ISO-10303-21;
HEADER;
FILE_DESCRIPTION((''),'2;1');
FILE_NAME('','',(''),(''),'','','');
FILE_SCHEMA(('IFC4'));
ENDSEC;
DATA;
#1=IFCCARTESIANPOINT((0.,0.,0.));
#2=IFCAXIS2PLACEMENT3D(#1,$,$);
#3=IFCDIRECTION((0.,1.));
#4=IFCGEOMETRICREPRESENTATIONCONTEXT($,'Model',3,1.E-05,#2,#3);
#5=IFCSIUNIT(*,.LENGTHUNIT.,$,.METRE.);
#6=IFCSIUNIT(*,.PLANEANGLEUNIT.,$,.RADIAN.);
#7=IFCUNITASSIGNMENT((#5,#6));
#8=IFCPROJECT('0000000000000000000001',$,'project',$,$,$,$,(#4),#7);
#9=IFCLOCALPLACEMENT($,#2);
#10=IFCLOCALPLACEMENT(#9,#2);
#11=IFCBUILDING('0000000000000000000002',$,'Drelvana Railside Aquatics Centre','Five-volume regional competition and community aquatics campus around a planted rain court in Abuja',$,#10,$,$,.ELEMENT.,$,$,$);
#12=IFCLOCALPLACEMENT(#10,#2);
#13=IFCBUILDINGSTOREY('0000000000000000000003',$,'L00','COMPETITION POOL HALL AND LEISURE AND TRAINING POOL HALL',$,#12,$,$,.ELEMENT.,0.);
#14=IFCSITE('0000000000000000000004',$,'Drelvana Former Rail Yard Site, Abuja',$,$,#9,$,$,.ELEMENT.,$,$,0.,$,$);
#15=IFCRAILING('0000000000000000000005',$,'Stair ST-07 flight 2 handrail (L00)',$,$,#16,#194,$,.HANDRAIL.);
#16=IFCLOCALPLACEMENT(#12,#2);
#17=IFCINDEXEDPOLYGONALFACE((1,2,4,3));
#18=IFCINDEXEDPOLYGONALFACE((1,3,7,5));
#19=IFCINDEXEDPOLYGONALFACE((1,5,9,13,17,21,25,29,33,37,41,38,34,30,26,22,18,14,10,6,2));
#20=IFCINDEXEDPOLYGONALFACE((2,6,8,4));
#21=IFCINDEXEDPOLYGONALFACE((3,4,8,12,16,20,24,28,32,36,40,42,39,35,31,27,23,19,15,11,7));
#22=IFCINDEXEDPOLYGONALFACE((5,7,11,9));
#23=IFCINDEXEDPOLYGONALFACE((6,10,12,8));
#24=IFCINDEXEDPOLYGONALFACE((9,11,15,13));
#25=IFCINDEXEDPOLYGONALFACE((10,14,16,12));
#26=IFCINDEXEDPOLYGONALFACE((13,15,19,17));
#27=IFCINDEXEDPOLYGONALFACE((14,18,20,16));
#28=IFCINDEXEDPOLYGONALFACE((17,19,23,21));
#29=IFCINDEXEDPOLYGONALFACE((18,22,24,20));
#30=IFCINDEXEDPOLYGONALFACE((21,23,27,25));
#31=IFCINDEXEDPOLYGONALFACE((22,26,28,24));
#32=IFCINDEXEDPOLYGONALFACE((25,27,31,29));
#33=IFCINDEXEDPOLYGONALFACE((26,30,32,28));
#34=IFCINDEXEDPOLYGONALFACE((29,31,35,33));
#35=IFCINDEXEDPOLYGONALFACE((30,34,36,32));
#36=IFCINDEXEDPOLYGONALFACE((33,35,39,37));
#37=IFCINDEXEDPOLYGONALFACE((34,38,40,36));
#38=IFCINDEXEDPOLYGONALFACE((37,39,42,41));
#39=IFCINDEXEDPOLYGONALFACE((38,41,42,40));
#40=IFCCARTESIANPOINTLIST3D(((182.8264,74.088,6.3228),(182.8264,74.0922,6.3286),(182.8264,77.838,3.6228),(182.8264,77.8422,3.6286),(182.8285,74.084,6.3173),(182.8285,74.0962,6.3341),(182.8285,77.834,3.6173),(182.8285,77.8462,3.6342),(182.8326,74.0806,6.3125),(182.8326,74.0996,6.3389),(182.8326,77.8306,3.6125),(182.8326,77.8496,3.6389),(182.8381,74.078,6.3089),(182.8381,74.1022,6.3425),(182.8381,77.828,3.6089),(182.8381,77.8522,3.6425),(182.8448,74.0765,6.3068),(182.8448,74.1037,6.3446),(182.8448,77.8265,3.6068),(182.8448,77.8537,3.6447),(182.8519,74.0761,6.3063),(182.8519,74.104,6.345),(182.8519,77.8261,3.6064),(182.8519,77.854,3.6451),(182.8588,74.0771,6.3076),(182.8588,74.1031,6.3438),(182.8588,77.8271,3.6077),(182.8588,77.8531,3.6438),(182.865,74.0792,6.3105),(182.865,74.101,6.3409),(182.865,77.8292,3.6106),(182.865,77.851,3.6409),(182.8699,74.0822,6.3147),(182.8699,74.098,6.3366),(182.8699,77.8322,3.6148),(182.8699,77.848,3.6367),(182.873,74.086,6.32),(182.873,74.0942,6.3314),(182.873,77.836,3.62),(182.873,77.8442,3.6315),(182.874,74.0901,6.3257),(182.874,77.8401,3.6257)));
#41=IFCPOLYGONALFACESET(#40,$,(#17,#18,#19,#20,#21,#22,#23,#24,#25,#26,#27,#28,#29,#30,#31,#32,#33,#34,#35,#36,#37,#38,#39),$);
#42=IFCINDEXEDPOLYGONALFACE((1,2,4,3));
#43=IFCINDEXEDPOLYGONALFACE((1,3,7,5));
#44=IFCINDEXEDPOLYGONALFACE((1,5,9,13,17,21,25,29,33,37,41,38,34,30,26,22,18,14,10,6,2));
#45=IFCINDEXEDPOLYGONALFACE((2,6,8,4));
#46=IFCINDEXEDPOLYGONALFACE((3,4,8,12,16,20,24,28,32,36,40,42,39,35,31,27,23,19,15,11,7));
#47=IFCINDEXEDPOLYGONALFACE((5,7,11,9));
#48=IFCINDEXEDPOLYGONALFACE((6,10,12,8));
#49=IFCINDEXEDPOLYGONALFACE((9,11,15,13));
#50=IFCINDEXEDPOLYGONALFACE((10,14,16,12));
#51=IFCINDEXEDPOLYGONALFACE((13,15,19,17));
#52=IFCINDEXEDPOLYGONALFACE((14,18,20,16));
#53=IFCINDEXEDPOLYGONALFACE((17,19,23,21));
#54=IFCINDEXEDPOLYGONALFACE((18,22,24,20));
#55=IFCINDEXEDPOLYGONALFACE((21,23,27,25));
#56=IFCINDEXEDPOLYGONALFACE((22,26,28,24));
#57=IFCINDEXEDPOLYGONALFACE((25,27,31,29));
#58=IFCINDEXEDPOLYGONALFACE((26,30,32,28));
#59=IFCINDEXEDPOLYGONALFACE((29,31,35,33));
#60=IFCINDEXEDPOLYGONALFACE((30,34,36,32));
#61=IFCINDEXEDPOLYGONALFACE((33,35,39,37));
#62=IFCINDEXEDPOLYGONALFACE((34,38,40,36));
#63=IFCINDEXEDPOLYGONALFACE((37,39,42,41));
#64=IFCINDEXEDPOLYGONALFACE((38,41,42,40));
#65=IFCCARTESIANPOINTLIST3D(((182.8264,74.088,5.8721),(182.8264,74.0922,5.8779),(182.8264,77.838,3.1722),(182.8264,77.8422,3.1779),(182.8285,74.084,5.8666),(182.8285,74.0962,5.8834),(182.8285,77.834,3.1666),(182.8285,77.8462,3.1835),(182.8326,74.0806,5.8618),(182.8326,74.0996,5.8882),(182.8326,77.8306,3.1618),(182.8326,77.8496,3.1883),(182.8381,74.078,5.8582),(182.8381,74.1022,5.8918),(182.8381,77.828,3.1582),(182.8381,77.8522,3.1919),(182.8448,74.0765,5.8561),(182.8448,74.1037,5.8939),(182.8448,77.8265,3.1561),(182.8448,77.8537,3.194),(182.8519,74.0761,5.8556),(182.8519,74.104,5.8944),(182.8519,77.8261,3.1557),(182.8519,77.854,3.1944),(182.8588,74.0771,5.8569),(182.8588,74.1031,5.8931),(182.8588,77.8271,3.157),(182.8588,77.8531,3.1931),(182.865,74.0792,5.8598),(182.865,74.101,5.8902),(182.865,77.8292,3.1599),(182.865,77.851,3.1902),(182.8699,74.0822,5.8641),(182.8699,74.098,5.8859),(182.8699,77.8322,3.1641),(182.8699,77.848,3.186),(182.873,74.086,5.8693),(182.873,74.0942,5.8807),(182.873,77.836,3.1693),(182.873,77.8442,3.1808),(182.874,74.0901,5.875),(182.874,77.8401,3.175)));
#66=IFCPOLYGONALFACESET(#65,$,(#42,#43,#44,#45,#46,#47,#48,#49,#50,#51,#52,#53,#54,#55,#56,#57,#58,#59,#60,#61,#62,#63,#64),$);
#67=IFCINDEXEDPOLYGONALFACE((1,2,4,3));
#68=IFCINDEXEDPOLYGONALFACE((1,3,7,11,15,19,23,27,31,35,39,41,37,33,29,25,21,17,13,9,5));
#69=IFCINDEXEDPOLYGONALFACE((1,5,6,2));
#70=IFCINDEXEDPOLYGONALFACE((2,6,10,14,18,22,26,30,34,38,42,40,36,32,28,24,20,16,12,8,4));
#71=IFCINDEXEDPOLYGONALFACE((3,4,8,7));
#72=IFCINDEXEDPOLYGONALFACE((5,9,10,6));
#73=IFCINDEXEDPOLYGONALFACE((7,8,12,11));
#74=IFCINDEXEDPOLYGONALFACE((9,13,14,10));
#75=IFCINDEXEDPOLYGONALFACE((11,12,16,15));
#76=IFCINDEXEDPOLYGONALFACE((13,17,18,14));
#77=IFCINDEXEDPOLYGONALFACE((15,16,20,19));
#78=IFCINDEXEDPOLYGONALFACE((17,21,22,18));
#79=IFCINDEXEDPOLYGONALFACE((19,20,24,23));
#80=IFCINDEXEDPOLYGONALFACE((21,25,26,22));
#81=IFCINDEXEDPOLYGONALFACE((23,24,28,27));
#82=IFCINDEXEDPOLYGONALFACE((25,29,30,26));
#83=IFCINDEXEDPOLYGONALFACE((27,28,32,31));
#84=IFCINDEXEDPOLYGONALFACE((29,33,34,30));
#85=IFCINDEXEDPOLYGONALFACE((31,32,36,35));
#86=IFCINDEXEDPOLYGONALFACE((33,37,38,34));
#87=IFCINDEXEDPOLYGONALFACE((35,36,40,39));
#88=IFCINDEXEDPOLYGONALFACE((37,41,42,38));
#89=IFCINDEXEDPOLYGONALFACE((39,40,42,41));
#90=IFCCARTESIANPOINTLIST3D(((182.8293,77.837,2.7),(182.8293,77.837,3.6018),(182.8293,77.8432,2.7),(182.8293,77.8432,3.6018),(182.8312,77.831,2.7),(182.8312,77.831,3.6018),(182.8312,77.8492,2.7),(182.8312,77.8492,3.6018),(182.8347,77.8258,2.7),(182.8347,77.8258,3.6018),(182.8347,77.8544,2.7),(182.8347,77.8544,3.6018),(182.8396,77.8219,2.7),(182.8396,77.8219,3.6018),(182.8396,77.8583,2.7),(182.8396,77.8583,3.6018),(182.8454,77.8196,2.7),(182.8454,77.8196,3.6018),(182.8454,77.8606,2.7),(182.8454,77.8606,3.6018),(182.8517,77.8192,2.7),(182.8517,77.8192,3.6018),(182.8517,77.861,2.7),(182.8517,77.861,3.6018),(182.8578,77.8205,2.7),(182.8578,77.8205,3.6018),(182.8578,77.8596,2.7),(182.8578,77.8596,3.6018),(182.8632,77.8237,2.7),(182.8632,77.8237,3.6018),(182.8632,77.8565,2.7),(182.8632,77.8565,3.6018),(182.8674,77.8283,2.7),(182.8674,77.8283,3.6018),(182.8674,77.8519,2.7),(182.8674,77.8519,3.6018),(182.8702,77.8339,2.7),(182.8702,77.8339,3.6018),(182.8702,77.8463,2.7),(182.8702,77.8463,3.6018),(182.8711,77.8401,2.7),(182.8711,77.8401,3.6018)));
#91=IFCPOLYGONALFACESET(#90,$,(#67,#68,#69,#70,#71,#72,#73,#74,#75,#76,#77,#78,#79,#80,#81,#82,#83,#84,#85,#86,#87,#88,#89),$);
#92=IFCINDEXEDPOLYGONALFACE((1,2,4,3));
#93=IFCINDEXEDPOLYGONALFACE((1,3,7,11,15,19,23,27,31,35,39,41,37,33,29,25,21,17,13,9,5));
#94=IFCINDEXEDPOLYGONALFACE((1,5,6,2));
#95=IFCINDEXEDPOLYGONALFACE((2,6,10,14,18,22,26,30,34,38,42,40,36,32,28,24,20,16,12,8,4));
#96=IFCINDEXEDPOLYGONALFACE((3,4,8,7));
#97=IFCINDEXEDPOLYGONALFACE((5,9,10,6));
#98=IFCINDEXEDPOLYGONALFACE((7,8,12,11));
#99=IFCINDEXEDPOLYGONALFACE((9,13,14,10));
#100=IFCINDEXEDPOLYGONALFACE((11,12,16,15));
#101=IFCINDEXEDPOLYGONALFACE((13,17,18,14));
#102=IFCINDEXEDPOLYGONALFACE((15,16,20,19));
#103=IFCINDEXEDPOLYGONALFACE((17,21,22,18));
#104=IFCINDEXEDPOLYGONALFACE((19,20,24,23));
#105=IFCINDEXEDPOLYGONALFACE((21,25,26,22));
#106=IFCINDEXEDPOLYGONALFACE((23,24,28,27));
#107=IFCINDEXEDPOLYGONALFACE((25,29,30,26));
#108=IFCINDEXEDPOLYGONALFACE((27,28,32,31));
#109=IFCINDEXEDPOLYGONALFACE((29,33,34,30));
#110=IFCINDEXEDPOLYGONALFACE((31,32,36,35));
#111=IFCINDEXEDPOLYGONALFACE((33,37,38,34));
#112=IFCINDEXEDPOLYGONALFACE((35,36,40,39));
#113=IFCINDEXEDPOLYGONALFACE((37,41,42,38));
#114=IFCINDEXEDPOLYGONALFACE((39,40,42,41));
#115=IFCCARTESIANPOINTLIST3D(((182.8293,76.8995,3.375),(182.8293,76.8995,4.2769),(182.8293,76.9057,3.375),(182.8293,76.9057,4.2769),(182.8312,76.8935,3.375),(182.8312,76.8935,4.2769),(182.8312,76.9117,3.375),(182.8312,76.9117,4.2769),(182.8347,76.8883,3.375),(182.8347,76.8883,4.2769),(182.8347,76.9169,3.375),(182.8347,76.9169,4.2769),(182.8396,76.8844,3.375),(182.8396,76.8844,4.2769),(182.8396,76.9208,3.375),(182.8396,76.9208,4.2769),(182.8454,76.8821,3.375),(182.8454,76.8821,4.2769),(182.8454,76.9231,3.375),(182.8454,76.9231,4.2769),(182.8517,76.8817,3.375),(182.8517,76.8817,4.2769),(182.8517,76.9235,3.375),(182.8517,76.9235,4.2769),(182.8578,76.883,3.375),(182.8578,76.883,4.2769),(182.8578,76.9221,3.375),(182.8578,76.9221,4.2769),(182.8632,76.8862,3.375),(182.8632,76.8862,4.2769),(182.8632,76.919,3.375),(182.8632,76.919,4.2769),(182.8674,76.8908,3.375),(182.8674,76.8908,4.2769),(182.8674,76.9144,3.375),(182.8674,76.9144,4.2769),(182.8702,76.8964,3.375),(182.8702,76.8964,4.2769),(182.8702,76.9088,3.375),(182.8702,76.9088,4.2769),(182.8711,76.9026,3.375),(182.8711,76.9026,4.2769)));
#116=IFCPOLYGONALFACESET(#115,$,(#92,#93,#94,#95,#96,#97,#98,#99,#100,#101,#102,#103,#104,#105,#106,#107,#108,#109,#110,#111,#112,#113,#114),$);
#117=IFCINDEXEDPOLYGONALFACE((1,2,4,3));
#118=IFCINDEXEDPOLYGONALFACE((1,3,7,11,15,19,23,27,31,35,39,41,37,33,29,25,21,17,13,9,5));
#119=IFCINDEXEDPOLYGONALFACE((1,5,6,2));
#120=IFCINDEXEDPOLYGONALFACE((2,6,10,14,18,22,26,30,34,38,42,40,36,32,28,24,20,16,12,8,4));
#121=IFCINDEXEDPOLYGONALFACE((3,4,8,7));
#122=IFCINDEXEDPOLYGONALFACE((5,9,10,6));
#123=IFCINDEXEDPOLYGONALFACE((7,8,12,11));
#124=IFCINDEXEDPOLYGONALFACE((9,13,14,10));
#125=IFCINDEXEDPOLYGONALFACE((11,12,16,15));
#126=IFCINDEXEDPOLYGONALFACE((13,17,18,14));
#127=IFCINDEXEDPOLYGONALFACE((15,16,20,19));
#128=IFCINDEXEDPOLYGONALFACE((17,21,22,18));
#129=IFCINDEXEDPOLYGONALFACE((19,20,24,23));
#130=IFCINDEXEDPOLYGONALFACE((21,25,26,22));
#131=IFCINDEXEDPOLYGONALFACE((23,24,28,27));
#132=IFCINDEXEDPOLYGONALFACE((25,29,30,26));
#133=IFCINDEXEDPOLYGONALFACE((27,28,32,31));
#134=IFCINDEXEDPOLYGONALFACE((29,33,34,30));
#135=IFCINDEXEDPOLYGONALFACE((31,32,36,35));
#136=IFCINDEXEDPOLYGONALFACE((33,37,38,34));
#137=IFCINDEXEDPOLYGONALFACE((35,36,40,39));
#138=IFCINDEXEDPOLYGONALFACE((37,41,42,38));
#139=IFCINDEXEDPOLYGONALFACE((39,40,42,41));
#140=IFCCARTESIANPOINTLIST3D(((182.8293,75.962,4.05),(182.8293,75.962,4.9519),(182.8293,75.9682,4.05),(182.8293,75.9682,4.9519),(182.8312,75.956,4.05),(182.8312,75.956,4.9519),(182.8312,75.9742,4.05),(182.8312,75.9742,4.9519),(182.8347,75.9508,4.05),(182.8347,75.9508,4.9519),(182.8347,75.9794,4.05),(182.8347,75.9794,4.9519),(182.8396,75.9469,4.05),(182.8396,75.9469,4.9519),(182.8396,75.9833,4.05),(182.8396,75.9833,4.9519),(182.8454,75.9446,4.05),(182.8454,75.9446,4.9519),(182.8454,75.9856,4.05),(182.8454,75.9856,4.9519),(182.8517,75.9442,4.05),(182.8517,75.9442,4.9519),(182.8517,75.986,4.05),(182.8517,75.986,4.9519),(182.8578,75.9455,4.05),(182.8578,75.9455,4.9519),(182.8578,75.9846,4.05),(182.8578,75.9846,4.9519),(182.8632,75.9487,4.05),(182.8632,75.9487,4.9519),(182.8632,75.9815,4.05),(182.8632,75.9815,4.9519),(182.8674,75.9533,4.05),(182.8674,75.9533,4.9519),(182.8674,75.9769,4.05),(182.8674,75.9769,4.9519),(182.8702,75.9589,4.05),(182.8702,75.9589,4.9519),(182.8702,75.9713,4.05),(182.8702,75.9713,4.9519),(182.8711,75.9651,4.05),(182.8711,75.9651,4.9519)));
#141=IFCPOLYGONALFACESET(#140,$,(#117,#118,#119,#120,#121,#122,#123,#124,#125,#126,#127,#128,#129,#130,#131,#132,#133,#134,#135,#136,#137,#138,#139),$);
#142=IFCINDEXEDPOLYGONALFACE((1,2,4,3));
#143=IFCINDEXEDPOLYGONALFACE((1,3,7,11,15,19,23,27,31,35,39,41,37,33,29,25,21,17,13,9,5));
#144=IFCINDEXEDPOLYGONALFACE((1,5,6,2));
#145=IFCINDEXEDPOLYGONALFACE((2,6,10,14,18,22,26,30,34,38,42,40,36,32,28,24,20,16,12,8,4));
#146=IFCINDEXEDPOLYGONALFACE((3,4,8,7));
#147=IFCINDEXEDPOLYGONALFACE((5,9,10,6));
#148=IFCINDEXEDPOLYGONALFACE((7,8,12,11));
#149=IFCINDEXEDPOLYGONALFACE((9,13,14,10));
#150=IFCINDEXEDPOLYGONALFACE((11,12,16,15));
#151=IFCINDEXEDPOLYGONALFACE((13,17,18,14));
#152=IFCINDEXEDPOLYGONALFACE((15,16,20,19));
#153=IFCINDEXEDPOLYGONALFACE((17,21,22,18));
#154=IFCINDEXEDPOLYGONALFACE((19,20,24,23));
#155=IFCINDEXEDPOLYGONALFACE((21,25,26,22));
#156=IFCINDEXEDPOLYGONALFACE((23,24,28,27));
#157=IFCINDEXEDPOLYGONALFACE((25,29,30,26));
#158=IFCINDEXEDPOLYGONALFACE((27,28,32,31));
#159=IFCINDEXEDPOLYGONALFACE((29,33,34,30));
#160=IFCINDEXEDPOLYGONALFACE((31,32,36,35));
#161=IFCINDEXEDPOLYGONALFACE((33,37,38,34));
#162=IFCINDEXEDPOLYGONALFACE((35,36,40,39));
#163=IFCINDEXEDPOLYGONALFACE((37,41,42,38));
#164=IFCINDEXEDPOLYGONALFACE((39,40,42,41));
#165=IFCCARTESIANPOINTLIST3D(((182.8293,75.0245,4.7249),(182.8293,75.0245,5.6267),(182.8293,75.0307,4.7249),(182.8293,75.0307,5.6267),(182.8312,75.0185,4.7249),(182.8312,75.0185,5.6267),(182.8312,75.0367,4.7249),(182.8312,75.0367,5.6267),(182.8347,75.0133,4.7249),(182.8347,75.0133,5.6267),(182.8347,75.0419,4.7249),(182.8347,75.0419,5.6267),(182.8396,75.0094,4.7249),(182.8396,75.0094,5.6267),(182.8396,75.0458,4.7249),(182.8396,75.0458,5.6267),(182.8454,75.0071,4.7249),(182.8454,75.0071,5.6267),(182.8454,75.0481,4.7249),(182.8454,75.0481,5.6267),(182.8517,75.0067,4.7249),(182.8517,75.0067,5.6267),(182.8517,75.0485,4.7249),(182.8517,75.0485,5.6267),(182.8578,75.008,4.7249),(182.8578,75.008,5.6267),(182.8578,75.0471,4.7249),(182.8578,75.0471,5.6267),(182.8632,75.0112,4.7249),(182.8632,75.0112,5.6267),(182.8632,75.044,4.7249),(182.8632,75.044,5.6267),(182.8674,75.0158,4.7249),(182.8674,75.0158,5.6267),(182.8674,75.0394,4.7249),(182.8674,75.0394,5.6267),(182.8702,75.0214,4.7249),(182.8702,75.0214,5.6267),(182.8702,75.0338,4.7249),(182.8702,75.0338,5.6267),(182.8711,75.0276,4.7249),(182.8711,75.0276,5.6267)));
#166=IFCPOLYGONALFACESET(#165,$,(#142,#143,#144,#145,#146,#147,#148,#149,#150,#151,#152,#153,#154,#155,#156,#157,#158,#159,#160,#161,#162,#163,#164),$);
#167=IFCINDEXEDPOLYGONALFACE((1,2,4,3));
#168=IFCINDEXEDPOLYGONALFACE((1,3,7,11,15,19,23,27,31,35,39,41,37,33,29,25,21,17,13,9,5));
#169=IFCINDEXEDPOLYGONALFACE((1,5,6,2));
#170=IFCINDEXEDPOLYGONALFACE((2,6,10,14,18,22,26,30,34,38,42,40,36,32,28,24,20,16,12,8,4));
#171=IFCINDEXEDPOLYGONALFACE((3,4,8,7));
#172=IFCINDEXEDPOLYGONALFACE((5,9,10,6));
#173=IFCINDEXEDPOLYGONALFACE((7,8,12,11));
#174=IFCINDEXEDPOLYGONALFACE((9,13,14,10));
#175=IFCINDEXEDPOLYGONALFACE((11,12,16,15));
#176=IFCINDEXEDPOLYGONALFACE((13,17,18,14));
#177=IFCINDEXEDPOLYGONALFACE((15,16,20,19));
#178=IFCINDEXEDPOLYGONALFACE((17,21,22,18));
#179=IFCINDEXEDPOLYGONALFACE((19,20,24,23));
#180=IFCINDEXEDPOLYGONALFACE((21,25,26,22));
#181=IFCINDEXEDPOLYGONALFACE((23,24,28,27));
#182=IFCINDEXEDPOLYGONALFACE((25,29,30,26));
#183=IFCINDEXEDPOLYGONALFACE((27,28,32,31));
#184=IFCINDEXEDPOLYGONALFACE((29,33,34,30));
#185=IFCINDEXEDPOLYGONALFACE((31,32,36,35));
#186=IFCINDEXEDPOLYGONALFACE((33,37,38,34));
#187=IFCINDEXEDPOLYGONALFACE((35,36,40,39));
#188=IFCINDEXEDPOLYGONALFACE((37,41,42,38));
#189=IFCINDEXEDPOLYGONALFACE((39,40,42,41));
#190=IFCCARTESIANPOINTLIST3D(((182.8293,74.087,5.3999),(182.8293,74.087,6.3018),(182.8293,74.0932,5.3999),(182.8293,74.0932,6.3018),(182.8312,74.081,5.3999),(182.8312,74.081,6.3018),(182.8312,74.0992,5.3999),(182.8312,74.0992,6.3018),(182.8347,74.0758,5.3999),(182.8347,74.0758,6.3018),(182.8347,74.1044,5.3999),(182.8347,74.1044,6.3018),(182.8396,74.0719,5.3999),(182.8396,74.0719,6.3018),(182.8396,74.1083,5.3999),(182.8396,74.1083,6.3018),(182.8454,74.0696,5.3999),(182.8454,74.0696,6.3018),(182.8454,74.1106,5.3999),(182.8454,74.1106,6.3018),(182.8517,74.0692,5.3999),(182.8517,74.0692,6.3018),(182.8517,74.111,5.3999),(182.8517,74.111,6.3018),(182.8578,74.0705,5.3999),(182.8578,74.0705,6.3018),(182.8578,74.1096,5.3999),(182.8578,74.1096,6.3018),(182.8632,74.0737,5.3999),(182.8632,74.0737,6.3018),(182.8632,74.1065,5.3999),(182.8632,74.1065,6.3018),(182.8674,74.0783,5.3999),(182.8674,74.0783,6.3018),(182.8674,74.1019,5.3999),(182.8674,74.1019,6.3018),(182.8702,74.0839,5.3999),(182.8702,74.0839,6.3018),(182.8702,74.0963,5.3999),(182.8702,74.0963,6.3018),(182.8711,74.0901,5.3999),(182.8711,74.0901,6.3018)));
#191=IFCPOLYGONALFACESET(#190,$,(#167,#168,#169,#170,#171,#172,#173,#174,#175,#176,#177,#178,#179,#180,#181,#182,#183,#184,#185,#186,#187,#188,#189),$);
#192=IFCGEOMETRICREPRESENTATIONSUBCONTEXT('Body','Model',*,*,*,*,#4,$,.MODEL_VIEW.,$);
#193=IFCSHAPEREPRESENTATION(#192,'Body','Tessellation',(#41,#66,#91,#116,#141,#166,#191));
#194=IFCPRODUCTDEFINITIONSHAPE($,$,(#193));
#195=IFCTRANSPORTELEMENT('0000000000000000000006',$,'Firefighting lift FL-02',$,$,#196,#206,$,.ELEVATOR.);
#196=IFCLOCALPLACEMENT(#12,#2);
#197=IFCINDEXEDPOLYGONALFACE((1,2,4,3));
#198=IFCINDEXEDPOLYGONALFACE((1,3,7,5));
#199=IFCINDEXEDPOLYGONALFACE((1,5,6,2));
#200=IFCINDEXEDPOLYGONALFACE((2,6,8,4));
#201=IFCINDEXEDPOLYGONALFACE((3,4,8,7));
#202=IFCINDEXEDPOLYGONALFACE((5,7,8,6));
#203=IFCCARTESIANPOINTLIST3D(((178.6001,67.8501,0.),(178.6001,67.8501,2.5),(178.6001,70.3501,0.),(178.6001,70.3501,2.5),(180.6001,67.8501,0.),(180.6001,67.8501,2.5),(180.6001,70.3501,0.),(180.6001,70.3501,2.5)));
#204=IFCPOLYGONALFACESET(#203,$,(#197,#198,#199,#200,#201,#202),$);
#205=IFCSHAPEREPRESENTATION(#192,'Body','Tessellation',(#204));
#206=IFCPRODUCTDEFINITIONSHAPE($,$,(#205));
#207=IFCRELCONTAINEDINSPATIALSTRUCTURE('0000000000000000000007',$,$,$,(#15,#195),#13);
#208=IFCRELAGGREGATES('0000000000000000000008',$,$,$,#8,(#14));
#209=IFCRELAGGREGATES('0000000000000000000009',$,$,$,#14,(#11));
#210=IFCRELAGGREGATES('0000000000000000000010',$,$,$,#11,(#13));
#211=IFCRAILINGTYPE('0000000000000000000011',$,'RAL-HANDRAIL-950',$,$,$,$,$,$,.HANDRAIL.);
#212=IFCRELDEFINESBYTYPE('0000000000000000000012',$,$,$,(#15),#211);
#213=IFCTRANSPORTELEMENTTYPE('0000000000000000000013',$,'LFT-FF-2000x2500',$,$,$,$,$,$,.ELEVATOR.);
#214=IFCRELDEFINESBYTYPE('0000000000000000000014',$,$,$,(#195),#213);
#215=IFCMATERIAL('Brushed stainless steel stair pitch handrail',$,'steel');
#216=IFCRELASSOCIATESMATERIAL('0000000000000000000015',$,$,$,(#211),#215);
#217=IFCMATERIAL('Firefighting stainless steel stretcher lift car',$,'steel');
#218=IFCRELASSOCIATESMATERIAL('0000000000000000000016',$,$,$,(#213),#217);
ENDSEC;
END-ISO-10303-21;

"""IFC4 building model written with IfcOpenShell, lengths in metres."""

from ifc_helpers import new_model, si_unit, direction, frame, origin, origin_2d, place, context, subcontext, project, spatial, rectangle, circle, extrude, material, type_object, element, save


model = new_model("IFC4")

# Units and contexts
model_context = context("Model", 3, precision=1e-05, world=origin(), true_north=direction((0.0, 1.0)))
body_context = subcontext(model_context, "Body", "Model", "MODEL_VIEW")
ifc_project = project(units=[si_unit("LENGTHUNIT", "METRE"), si_unit("PLANEANGLEUNIT", "RADIAN")], contexts=[model_context])

# Site, building, storey
site_placement = place(None, origin())
site = spatial("IfcSite", under=ifc_project, at=site_placement, Name="Drelvana Former Rail Yard Site, Abuja", CompositionType="ELEMENT", RefElevation=0.0)
building_placement = place(site_placement, origin())
building = spatial("IfcBuilding", under=site, at=building_placement, Name="Drelvana Railside Aquatics Centre", Description="Five-volume regional competition and community aquatics campus around a planted rain court in Abuja", CompositionType="ELEMENT")
storey_placement = place(building_placement, origin())
storey = spatial("IfcBuildingStorey", under=building, at=storey_placement, Name="L00", Description="COMPETITION POOL HALL AND LEISURE AND TRAINING POOL HALL", CompositionType="ELEMENT", Elevation=0.0)

# Railing
ifc_material_1 = material(Name="Brushed stainless steel stair pitch handrail", Category="steel")
railing_type = type_object("IfcRailingType", Name="RAL-HANDRAIL-950", PredefinedType="HANDRAIL", material=ifc_material_1)
railing_1_placement = place(storey_placement, frame((182.8501, 77.8401, 2.7)))
element("IfcRailing", 1, at=railing_1_placement, inside=storey, type_object=railing_type, Name="Stair ST-07 flight 2 handrail (L00)", PredefinedType="HANDRAIL", context=body_context, shape_type="SweptSolid", body=[
    extrude(circle(Radius=0.0239, at=origin_2d()), frame((0.0, 0.0, 0.9258), z_axis=(0.0, -0.811539, 0.584298), x_axis=(1.0, 0.0, 0.0)), (0.0, 0.0, 1.0), 4.6208),
    extrude(circle(Radius=0.0239, at=origin_2d()), frame((0.0, 0.0, 0.4751), z_axis=(0.0, -0.811539, 0.584298), x_axis=(1.0, 0.0, 0.0)), (0.0, 0.0, 1.0), 4.6208),
    extrude(circle(Radius=0.021, at=origin_2d()), origin(), (0.0, 0.0, 1.0), 0.9019),
    extrude(circle(Radius=0.021, at=origin_2d()), frame((0.0, -0.9375, 0.675)), (0.0, 0.0, 1.0), 0.9019),
    extrude(circle(Radius=0.021, at=origin_2d()), frame((0.0, -1.875, 1.3501)), (0.0, 0.0, 1.0), 0.9019),
    extrude(circle(Radius=0.021, at=origin_2d()), frame((0.0, -2.8125, 2.0249)), (0.0, 0.0, 1.0), 0.9019),
    extrude(circle(Radius=0.021, at=origin_2d()), frame((0.0, -3.75, 2.7)), (0.0, 0.0, 1.0), 0.9019),
])

# Transport element
ifc_material_2 = material(Name="Firefighting stainless steel stretcher lift car", Category="steel")
transport_element_type = type_object("IfcTransportElementType", Name="LFT-FF-2000x2500", PredefinedType="ELEVATOR", material=ifc_material_2)
transport_element_placement = place(storey_placement, frame((179.6001, 69.1001, 0.0), z_axis=(0.0, 0.0, 1.0), x_axis=(1.0, 0.0, 0.0)))
element("IfcTransportElement", 2, at=transport_element_placement, inside=storey, type_object=transport_element_type, Name="Firefighting lift FL-02", PredefinedType="ELEVATOR", context=body_context, shape_type="SweptSolid", body=[
    extrude(rectangle(XDim=2.0, YDim=2.5, at=origin_2d()), origin(), (0.0, 0.0, 1.0), 2.5),
])

save(model, "model.ifc")
